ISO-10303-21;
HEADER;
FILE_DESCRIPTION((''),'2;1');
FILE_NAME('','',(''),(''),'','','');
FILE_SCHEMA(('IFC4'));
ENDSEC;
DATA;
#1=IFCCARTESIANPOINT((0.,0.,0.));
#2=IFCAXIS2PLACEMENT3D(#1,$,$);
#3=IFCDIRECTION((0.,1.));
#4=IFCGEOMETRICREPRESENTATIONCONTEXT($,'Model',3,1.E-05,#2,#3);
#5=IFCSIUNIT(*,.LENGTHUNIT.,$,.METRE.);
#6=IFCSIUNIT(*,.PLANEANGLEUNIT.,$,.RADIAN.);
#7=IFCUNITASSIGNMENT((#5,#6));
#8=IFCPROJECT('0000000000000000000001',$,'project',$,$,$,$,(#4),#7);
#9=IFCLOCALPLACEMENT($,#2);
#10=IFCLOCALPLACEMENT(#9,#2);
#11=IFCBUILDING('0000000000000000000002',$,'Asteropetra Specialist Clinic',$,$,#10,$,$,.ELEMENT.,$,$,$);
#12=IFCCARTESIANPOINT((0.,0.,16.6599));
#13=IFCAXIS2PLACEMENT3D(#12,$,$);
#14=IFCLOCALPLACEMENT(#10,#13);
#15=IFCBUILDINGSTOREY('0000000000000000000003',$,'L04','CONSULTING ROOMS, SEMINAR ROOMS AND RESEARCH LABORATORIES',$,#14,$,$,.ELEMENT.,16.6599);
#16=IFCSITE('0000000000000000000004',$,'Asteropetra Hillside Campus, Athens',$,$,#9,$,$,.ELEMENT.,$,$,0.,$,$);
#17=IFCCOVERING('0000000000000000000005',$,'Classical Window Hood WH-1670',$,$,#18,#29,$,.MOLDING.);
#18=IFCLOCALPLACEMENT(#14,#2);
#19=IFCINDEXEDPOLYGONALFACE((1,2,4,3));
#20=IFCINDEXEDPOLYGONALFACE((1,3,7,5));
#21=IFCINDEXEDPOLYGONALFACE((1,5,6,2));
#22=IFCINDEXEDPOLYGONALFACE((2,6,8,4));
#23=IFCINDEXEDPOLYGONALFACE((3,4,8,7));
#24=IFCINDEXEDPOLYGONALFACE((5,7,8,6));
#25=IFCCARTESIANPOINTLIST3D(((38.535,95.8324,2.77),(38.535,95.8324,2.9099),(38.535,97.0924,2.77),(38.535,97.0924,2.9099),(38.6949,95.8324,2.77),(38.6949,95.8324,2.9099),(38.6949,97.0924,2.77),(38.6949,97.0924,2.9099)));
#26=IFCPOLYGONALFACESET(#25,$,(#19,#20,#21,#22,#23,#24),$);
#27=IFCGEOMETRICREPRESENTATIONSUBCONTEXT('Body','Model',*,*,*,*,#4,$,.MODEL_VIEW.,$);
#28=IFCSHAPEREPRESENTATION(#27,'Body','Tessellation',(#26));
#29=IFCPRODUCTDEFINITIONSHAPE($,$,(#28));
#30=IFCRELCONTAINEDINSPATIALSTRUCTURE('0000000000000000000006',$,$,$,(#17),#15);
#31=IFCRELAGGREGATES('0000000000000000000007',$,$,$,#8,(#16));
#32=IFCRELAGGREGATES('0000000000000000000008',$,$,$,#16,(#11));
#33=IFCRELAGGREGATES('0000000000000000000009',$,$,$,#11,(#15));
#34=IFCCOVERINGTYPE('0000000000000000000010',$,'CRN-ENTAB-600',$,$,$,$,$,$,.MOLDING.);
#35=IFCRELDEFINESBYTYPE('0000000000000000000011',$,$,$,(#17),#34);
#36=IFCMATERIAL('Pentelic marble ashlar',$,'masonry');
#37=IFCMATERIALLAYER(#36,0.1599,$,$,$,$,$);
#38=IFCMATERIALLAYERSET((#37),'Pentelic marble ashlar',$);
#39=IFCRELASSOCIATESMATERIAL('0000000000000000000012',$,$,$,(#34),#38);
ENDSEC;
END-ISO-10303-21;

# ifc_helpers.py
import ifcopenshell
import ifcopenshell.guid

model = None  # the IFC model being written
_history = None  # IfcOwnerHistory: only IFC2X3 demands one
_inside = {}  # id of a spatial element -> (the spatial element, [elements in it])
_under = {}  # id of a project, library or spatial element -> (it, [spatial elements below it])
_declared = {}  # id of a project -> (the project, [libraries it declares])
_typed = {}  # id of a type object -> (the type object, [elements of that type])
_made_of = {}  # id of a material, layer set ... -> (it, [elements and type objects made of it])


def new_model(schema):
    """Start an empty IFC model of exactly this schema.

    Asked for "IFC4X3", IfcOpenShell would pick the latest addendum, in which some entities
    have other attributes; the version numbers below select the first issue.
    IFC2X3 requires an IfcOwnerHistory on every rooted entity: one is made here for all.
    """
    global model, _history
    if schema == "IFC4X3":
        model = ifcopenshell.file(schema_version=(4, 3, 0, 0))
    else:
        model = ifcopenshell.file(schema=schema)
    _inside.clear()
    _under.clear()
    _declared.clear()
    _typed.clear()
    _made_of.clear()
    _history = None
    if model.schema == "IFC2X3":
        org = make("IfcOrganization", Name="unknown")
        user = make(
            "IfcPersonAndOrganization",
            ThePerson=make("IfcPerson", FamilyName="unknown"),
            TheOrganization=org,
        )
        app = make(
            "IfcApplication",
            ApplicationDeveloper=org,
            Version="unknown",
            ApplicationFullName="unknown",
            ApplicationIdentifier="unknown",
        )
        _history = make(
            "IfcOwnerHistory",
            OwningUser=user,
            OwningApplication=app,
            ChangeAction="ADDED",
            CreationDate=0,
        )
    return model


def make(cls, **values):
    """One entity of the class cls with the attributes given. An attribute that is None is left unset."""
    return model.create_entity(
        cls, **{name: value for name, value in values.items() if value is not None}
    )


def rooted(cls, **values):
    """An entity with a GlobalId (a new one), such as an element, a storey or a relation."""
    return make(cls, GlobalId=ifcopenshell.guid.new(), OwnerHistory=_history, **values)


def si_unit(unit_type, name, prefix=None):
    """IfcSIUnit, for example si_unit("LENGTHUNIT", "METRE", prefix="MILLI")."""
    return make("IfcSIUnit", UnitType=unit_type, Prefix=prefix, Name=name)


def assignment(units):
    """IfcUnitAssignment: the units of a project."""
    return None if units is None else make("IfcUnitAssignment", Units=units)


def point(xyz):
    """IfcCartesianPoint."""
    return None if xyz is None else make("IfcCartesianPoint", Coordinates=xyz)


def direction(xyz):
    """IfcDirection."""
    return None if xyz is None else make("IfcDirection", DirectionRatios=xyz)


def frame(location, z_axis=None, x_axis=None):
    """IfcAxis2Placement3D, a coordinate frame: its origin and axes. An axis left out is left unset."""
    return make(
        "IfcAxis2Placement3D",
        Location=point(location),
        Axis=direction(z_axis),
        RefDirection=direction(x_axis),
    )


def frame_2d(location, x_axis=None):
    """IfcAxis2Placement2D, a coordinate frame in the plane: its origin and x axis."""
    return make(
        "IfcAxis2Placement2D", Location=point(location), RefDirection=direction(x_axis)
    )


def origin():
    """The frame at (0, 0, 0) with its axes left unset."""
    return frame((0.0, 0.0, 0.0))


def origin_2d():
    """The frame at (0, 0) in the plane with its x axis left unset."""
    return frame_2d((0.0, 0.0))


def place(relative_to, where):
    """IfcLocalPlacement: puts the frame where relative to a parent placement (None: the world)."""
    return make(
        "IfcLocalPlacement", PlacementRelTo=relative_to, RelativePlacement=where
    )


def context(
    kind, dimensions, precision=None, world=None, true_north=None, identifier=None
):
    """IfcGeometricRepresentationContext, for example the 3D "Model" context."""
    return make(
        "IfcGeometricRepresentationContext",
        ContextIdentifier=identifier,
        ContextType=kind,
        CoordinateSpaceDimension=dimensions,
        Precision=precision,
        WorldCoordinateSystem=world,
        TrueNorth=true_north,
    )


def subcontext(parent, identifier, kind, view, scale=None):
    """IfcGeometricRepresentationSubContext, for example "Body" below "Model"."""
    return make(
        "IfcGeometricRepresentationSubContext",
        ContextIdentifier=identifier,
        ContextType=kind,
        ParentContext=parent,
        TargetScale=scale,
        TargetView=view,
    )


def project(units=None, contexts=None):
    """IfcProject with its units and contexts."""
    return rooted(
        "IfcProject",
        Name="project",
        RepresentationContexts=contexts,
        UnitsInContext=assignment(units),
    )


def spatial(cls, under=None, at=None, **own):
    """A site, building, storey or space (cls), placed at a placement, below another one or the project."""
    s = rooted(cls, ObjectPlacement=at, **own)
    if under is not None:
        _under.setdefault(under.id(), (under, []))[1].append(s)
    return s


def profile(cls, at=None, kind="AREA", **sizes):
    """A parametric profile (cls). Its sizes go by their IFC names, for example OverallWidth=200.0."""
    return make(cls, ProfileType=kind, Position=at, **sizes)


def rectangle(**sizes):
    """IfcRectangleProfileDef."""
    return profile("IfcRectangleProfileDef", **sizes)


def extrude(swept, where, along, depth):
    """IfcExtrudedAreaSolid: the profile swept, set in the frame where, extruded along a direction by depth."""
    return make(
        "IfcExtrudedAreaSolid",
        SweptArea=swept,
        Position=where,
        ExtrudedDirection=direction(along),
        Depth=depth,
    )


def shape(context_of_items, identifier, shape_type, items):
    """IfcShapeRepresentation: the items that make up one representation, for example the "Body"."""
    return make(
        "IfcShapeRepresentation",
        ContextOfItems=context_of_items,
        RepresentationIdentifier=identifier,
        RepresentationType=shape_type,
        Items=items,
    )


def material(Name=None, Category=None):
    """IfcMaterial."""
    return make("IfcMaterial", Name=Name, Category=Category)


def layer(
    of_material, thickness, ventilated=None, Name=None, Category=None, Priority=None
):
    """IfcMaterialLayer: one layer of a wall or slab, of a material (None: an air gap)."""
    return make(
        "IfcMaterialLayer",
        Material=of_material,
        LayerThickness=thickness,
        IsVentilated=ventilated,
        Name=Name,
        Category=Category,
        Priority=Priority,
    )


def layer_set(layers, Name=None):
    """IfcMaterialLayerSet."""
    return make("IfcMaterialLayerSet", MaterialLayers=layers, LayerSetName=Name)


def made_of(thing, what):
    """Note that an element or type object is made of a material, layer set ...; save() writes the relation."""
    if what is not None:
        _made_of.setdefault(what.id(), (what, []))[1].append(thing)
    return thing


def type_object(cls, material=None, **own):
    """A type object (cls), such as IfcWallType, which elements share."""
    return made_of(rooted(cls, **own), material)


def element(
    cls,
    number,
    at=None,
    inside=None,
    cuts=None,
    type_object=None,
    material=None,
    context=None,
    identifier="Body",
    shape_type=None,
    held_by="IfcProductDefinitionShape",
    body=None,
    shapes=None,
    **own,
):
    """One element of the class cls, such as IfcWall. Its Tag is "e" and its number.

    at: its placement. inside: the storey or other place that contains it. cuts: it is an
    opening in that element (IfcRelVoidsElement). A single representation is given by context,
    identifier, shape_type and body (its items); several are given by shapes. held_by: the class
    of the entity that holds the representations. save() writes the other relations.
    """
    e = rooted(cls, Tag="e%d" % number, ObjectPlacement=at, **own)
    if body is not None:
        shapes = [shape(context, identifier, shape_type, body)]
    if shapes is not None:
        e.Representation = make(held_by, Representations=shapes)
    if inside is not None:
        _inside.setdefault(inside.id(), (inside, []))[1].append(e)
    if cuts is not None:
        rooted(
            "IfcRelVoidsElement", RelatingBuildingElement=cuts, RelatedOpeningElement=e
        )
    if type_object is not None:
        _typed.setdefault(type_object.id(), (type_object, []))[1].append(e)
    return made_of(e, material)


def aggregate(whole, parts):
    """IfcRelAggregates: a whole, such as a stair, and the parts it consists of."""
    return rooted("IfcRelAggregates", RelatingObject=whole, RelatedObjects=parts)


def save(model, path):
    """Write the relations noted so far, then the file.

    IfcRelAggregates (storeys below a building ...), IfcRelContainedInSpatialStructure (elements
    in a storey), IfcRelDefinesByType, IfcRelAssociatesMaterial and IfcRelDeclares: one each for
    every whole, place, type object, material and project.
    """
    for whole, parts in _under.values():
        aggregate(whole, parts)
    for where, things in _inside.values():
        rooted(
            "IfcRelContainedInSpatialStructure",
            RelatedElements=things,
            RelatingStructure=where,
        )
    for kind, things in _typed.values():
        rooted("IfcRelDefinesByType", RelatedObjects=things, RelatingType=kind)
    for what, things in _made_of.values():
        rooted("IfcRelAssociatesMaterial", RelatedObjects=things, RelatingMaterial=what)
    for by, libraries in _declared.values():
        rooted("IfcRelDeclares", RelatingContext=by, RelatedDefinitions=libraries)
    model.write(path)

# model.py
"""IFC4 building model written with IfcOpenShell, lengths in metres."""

from ifc_helpers import new_model, si_unit, direction, frame, origin, origin_2d, place, context, subcontext, project, spatial, rectangle, extrude, material, layer, layer_set, type_object, element, save


model = new_model("IFC4")

# Units and contexts
model_context = context("Model", 3, precision=1e-05, world=origin(), true_north=direction((0.0, 1.0)))
body_context = subcontext(model_context, "Body", "Model", "MODEL_VIEW")
ifc_project = project(units=[si_unit("LENGTHUNIT", "METRE"), si_unit("PLANEANGLEUNIT", "RADIAN")], contexts=[model_context])

# Site, building, storey
site_placement = place(None, origin())
site = spatial("IfcSite", under=ifc_project, at=site_placement, Name="Asteropetra Hillside Campus, Athens", CompositionType="ELEMENT", RefElevation=0.0)
building_placement = place(site_placement, origin())
building = spatial("IfcBuilding", under=site, at=building_placement, Name="Asteropetra Specialist Clinic", CompositionType="ELEMENT")
storey_placement = place(building_placement, frame((0.0, 0.0, 16.6599)))
storey = spatial("IfcBuildingStorey", under=building, at=storey_placement, Name="L04", Description="CONSULTING ROOMS, SEMINAR ROOMS AND RESEARCH LABORATORIES", CompositionType="ELEMENT", Elevation=16.6599)

# Covering
ifc_material_1 = material(Name="Pentelic marble ashlar", Category="masonry")
ifc_layer_1 = layer(ifc_material_1, 0.1599)
ifc_layer_set_1 = layer_set([ifc_layer_1], Name="Pentelic marble ashlar")
covering_type_1 = type_object("IfcCoveringType", Name="CRN-ENTAB-600", PredefinedType="MOLDING", material=ifc_layer_set_1)
for number, where, z_axis, x_axis, name in (
    (1, (38.615, 96.4624, 2.77), (0.0, 0.0, 1.0), (1.0, 0.0, 0.0), "Classical Window Hood WH-1670"),
):
    element("IfcCovering", number, at=place(storey_placement, frame(where, z_axis=z_axis, x_axis=x_axis)), inside=storey, type_object=covering_type_1, Name=name, PredefinedType="MOLDING", context=body_context, shape_type="SweptSolid", body=[
        extrude(rectangle(XDim=0.1599, YDim=1.26, at=origin_2d()), origin(), (0.0, 0.0, 1.0), 0.1399),
    ])

save(model, "model.ifc")
